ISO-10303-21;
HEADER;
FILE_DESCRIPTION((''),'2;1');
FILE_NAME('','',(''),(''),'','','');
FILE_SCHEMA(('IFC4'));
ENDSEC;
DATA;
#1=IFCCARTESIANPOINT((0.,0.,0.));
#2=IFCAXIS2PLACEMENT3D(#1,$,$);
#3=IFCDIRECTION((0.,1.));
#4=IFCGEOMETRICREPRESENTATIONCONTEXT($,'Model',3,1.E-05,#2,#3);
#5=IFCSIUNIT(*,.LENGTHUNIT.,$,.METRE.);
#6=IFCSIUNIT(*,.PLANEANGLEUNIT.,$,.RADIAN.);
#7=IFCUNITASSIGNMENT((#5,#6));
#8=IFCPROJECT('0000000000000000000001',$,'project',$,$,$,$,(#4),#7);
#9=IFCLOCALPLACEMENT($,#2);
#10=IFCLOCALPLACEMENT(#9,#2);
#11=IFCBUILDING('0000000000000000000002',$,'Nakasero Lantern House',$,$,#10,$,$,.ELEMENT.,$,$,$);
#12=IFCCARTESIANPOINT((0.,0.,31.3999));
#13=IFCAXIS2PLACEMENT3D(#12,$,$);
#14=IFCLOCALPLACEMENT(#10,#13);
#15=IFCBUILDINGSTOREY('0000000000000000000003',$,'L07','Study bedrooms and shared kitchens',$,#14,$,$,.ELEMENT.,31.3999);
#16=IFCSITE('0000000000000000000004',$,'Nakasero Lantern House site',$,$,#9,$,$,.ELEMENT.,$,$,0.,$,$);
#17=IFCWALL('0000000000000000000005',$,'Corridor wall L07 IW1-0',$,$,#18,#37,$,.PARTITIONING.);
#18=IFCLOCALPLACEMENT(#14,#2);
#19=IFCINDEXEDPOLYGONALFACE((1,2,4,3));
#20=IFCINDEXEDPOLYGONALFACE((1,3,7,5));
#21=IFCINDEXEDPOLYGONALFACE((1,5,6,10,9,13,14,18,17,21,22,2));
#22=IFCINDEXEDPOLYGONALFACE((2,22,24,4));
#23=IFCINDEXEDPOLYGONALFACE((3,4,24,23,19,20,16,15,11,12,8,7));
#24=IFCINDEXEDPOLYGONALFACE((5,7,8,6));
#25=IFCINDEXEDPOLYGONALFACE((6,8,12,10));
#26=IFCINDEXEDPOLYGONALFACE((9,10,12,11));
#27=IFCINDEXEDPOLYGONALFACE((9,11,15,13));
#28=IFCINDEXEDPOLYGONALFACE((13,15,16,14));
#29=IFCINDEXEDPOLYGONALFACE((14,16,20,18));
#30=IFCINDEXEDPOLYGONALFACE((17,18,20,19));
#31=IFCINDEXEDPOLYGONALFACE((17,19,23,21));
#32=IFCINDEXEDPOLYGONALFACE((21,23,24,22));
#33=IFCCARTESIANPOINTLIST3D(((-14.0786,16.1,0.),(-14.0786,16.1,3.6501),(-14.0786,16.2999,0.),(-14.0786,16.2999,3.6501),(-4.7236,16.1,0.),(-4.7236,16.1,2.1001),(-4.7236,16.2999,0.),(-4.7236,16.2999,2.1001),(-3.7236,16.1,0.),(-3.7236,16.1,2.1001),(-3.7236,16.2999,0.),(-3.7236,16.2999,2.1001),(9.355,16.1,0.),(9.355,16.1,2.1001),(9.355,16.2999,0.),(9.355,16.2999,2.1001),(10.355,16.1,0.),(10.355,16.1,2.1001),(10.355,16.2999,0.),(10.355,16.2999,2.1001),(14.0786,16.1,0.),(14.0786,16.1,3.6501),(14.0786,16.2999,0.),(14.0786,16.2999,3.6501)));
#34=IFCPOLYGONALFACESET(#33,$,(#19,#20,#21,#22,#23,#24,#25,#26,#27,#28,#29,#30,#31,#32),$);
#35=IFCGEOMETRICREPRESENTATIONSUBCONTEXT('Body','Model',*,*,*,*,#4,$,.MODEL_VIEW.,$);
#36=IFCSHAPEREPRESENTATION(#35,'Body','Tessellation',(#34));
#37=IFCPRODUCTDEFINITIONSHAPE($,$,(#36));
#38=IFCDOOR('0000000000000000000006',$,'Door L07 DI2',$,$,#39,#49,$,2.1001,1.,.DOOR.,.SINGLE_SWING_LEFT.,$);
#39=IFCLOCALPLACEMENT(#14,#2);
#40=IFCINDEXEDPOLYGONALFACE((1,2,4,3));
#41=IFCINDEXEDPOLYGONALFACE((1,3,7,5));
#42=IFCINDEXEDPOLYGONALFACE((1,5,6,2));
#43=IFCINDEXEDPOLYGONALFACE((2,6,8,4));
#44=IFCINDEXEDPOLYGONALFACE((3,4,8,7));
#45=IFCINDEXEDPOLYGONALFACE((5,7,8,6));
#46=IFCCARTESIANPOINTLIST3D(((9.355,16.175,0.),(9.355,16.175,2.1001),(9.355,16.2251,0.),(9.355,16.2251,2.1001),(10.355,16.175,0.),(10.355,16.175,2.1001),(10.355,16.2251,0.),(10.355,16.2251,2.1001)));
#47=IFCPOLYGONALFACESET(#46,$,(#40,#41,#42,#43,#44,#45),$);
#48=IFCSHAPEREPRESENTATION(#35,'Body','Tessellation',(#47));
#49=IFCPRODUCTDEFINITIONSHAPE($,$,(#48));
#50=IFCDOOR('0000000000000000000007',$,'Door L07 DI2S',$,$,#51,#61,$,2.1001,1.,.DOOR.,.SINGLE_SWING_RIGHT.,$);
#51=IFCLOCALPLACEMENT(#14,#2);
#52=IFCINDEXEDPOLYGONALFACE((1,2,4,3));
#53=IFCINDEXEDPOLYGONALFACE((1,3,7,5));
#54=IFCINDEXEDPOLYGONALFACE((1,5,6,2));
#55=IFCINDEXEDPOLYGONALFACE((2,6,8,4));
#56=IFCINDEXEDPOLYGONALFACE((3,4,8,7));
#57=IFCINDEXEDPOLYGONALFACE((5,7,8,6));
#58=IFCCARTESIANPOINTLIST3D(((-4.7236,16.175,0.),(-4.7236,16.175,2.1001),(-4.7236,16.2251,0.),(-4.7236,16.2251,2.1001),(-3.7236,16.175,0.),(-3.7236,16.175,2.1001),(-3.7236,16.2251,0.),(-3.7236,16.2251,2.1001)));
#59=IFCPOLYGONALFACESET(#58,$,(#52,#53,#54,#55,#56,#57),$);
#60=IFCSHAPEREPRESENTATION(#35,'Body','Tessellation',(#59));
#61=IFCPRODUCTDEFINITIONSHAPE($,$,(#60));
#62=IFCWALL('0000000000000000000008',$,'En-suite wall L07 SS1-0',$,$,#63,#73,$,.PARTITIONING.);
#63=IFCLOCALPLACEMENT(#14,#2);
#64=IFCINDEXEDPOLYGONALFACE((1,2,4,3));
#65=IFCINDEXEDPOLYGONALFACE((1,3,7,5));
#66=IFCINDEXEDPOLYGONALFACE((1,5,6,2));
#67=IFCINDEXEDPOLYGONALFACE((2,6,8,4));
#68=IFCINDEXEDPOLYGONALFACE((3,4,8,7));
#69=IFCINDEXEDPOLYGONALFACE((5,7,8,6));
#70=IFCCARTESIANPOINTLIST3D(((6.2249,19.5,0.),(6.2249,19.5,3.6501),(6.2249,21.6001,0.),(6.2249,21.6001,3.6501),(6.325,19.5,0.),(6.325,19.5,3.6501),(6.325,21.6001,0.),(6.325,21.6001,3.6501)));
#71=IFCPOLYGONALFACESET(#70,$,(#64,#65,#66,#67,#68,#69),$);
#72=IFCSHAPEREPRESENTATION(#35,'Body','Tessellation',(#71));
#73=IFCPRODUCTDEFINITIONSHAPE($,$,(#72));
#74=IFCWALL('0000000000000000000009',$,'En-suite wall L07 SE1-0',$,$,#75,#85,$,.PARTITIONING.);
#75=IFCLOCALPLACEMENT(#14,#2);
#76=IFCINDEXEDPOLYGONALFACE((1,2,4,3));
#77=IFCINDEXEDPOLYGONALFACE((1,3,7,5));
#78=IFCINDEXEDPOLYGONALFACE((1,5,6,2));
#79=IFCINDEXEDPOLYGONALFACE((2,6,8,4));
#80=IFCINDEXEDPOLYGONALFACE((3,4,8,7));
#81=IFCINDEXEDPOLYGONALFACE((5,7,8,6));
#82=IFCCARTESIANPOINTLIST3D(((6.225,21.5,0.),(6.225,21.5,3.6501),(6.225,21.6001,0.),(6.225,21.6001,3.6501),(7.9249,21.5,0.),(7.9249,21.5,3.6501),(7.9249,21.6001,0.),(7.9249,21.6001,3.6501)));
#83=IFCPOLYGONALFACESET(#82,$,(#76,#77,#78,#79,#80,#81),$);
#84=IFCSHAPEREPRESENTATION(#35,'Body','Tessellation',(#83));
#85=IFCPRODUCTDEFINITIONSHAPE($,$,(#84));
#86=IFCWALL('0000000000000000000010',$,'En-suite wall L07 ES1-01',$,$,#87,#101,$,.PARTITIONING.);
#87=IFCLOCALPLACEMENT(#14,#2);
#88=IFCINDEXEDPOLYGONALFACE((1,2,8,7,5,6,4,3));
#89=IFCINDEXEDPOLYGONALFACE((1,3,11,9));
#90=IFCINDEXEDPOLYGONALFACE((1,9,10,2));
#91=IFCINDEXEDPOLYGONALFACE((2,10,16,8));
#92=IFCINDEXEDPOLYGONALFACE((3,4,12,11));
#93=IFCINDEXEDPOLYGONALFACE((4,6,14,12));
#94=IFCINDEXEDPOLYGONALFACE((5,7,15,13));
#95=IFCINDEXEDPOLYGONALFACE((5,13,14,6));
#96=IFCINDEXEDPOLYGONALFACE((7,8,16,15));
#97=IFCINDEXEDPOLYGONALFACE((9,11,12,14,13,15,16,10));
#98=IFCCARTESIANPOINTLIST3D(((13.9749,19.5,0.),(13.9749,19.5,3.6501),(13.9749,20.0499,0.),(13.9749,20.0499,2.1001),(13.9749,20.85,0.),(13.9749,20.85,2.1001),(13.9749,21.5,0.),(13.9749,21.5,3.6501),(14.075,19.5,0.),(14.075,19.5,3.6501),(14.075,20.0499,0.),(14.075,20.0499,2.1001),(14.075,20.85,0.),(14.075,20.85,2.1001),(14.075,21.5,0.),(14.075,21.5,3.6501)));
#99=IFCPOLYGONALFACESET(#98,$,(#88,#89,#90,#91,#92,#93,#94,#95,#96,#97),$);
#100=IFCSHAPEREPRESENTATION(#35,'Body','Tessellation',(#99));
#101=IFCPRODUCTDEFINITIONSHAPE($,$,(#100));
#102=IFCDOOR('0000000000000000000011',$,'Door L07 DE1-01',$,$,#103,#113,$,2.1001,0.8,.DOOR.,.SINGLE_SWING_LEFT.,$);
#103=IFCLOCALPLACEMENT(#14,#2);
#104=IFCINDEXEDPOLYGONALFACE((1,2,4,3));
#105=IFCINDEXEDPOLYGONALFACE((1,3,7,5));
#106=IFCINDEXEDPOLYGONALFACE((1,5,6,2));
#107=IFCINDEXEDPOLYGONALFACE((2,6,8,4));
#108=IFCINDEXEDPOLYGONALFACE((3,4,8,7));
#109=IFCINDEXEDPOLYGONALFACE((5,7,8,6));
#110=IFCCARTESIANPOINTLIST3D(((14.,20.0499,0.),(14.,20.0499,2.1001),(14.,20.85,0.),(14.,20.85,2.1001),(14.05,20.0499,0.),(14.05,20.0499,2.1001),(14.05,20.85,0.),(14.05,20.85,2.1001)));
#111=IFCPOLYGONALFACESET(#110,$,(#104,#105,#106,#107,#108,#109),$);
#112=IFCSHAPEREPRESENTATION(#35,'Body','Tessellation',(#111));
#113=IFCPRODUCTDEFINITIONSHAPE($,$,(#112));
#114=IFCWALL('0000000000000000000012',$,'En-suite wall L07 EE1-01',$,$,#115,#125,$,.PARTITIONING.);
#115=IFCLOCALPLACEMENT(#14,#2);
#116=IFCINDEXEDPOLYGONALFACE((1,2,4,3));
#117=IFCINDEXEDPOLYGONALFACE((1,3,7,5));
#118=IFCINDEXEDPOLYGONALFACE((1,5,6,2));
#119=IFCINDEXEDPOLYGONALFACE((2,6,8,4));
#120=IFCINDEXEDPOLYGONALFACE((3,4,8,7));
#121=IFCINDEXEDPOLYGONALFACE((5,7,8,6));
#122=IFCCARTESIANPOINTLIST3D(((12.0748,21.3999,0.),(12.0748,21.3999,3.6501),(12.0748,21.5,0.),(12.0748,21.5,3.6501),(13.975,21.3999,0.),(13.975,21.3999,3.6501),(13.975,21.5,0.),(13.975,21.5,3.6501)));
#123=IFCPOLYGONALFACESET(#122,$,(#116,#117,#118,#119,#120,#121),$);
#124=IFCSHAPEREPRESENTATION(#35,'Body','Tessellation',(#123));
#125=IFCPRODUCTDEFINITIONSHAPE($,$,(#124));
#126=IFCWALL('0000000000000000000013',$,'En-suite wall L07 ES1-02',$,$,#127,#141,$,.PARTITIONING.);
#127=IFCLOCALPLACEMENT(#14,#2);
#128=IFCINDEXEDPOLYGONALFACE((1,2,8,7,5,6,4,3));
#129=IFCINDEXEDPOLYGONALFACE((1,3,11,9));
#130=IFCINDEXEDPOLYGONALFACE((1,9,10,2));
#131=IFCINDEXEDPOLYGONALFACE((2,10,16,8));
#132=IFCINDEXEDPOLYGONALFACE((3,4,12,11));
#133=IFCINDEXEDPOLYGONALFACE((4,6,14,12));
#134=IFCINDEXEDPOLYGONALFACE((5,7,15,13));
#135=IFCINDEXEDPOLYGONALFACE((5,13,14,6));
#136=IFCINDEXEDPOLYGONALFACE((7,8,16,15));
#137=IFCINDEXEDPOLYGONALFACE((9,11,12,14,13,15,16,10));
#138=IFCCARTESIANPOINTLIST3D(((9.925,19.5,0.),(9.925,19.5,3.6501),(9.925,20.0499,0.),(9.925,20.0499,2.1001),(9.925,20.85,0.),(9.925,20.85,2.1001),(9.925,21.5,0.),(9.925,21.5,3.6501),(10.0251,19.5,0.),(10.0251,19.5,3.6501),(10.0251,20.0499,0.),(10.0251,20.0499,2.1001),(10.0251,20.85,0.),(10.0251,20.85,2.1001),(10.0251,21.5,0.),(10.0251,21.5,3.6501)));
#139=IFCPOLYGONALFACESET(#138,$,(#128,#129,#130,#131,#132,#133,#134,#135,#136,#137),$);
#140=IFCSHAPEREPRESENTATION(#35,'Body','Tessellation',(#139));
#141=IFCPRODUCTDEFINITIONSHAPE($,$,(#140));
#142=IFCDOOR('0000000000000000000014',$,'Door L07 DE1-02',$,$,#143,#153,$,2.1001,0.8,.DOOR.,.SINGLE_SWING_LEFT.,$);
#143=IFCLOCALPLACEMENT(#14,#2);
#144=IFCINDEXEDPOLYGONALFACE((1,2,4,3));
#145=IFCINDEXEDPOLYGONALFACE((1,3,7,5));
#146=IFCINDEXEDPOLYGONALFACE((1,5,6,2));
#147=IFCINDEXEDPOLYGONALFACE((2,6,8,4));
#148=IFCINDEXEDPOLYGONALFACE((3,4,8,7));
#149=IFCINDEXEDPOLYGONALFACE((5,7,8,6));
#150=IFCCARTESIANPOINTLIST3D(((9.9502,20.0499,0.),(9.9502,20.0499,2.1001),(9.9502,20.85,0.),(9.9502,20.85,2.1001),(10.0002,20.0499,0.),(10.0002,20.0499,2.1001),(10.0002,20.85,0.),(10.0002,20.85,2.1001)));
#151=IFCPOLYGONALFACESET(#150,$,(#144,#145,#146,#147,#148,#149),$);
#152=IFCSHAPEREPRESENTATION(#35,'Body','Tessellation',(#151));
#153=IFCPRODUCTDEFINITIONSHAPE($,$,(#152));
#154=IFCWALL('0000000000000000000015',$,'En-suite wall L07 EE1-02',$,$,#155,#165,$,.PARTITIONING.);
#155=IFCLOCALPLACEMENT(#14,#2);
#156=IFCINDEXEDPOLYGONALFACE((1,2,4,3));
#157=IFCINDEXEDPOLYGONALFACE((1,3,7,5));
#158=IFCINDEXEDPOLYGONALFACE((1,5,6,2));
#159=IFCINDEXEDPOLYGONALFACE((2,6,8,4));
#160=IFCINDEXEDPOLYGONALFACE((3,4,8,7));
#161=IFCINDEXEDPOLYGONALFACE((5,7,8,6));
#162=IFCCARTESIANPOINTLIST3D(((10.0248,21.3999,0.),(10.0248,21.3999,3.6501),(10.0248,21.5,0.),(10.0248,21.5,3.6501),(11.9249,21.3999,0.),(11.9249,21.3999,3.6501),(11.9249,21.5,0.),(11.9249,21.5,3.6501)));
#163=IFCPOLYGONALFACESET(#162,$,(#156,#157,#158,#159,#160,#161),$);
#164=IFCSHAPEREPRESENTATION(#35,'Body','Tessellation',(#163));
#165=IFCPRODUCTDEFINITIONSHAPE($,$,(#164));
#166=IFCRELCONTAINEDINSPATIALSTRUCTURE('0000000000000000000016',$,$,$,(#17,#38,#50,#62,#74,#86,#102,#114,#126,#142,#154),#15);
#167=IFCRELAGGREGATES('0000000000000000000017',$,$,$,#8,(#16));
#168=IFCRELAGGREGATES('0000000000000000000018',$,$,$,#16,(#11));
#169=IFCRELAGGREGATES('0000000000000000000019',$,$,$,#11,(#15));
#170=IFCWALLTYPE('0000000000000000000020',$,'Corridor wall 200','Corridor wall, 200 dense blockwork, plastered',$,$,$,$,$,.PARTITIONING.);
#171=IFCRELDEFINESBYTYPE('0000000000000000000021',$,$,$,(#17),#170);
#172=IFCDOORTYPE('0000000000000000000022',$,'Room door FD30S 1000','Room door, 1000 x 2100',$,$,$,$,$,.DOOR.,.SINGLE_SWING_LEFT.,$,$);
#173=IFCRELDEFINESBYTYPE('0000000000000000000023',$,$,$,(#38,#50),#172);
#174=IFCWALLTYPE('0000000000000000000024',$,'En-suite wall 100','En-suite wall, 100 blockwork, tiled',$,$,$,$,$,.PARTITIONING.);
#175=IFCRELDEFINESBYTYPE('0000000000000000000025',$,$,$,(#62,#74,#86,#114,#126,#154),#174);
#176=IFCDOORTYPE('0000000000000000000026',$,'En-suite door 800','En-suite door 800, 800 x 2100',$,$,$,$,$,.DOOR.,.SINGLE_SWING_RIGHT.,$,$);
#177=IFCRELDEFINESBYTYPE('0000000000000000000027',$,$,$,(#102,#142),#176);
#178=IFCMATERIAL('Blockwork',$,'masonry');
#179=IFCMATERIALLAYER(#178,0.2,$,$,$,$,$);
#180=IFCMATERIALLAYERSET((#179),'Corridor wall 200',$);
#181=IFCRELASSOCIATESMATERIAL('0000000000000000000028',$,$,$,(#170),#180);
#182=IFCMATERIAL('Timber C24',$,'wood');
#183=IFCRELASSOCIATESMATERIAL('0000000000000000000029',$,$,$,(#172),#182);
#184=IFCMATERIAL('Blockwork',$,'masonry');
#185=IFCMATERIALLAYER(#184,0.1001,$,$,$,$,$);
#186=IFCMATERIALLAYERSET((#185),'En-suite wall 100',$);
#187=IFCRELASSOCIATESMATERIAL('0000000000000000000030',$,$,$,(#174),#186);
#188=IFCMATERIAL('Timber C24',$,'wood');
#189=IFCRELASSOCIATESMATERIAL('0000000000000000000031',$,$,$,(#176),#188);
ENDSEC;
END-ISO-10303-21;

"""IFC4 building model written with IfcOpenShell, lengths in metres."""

from ifc_helpers import new_model, si_unit, direction, frame, frame_2d, origin, place, context, subcontext, project, spatial, rectangle, extrude, material, layer, layer_set, type_object, element, fill, save


model = new_model("IFC4")

# Units and contexts
model_context = context("Model", 3, precision=1e-05, world=origin(), true_north=direction((0.0, 1.0)))
body_context = subcontext(model_context, "Body", "Model", "MODEL_VIEW")
ifc_project = project(units=[si_unit("LENGTHUNIT", "METRE"), si_unit("PLANEANGLEUNIT", "RADIAN")], contexts=[model_context])

# Site, building, storey
site_placement = place(None, origin())
site = spatial("IfcSite", under=ifc_project, at=site_placement, Name="Nakasero Lantern House site", CompositionType="ELEMENT", RefElevation=0.0)
building_placement = place(site_placement, origin())
building = spatial("IfcBuilding", under=site, at=building_placement, Name="Nakasero Lantern House", CompositionType="ELEMENT")
storey_placement = place(building_placement, frame((0.0, 0.0, 31.3999)))
storey = spatial("IfcBuildingStorey", under=building, at=storey_placement, Name="L07", Description="Study bedrooms and shared kitchens", CompositionType="ELEMENT", Elevation=31.3999)

# Wall, openings, doors
ifc_material_1 = material(Name="Blockwork", Category="masonry")
ifc_layer_1 = layer(ifc_material_1, 0.2)
ifc_layer_set_1 = layer_set([ifc_layer_1], Name="Corridor wall 200")
wall_type_1 = type_object("IfcWallType", Name="Corridor wall 200", Description="Corridor wall, 200 dense blockwork, plastered", PredefinedType="PARTITIONING", material=ifc_layer_set_1)
wall_1_placement = place(storey_placement, frame((14.0786, 16.2, 0.0), z_axis=(0.0, 0.0, 1.0), x_axis=(-1.0, 0.0, 0.0)))
wall_1 = element("IfcWall", 1, at=wall_1_placement, inside=storey, type_object=wall_type_1, Name="Corridor wall L07 IW1-0", PredefinedType="PARTITIONING", context=body_context, shape_type="SweptSolid", body=[
    extrude(rectangle(XDim=28.1572, YDim=0.2, at=frame_2d((14.0786, 0.0))), origin(), (0.0, 0.0, 1.0), 3.6501),
])
opening_1_placement = place(wall_1_placement, frame((3.7236, 0.0, 0.0)))
opening_1 = element("IfcOpeningElement", 2, at=opening_1_placement, cuts=wall_1, PredefinedType="OPENING", context=body_context, shape_type="SweptSolid", body=[
    extrude(rectangle(XDim=1.0, YDim=2.1001, at=frame_2d((0.5, 1.05))), frame((0.0, 0.1199, 0.0), z_axis=(0.0, -1.0, 0.0), x_axis=(1.0, 0.0, 0.0)), (0.0, 0.0, 1.0), 0.24),
])
opening_2_placement = place(wall_1_placement, frame((17.8022, 0.0, 0.0)))
opening_2 = element("IfcOpeningElement", 3, at=opening_2_placement, cuts=wall_1, PredefinedType="OPENING", context=body_context, shape_type="SweptSolid", body=[
    extrude(rectangle(XDim=1.0, YDim=2.1001, at=frame_2d((0.5, 1.05))), frame((0.0, 0.1199, 0.0), z_axis=(0.0, -1.0, 0.0), x_axis=(1.0, 0.0, 0.0)), (0.0, 0.0, 1.0), 0.24),
])
ifc_material_2 = material(Name="Timber C24", Category="wood")
door_type_1 = type_object("IfcDoorType", Name="Room door FD30S 1000", Description="Room door, 1000 x 2100", OperationType="SINGLE_SWING_LEFT", PredefinedType="DOOR", material=ifc_material_2)
door_1_placement = place(opening_1_placement, origin())
door_1 = element("IfcDoor", 4, at=door_1_placement, inside=storey, type_object=door_type_1, Name="Door L07 DI2", OperationType="SINGLE_SWING_LEFT", OverallHeight=2.1001, OverallWidth=1.0, PredefinedType="DOOR", context=body_context, shape_type="SweptSolid", body=[
    extrude(rectangle(XDim=1.0, YDim=2.1001, at=frame_2d((0.5, 1.05))), frame((0.0, 0.0249, 0.0), z_axis=(0.0, -1.0, 0.0), x_axis=(1.0, 0.0, 0.0)), (0.0, 0.0, 1.0), 0.05),
])
fill(opening_1, door_1)
door_2_placement = place(opening_2_placement, origin())
door_2 = element("IfcDoor", 5, at=door_2_placement, inside=storey, type_object=door_type_1, Name="Door L07 DI2S", OperationType="SINGLE_SWING_RIGHT", OverallHeight=2.1001, OverallWidth=1.0, PredefinedType="DOOR", context=body_context, shape_type="SweptSolid", body=[
    extrude(rectangle(XDim=1.0, YDim=2.1001, at=frame_2d((0.5, 1.05))), frame((0.0, 0.0249, 0.0), z_axis=(0.0, -1.0, 0.0), x_axis=(1.0, 0.0, 0.0)), (0.0, 0.0, 1.0), 0.05),
])
fill(opening_2, door_2)

# Walls
ifc_material_3 = material(Name="Blockwork", Category="masonry")
ifc_layer_2 = layer(ifc_material_3, 0.1001)
ifc_layer_set_2 = layer_set([ifc_layer_2], Name="En-suite wall 100")
wall_type_2 = type_object("IfcWallType", Name="En-suite wall 100", Description="En-suite wall, 100 blockwork, tiled", PredefinedType="PARTITIONING", material=ifc_layer_set_2)
wall_2_placement = place(storey_placement, frame((6.2749, 19.5, 0.0), z_axis=(0.0, 0.0, 1.0), x_axis=(0.0, 1.0, 0.0)))
element("IfcWall", 6, at=wall_2_placement, inside=storey, type_object=wall_type_2, Name="En-suite wall L07 SS1-0", PredefinedType="PARTITIONING", context=body_context, shape_type="SweptSolid", body=[
    extrude(rectangle(XDim=2.1001, YDim=0.1001, at=frame_2d((1.05, 0.0))), origin(), (0.0, 0.0, 1.0), 3.6501),
])
wall_3_placement = place(storey_placement, frame((7.925, 21.55, 0.0), z_axis=(0.0, 0.0, 1.0), x_axis=(-1.0, 0.0, 0.0)))
element("IfcWall", 7, at=wall_3_placement, inside=storey, type_object=wall_type_2, Name="En-suite wall L07 SE1-0", PredefinedType="PARTITIONING", context=body_context, shape_type="SweptSolid", body=[
    extrude(rectangle(XDim=1.7, YDim=0.1001, at=frame_2d((0.8501, 0.0))), origin(), (0.0, 0.0, 1.0), 3.6501),
])

# Wall, opening, door
wall_4_placement = place(storey_placement, frame((14.0249, 19.5, 0.0), z_axis=(0.0, 0.0, 1.0), x_axis=(0.0, 1.0, 0.0)))
wall_4 = element("IfcWall", 8, at=wall_4_placement, inside=storey, type_object=wall_type_2, Name="En-suite wall L07 ES1-01", PredefinedType="PARTITIONING", context=body_context, shape_type="SweptSolid", body=[
    extrude(rectangle(XDim=2.0, YDim=0.1001, at=frame_2d((1.0, 0.0))), origin(), (0.0, 0.0, 1.0), 3.6501),
])
opening_3_placement = place(wall_4_placement, frame((0.55, 0.0, 0.0)))
opening_3 = element("IfcOpeningElement", 9, at=opening_3_placement, cuts=wall_4, PredefinedType="OPENING", context=body_context, shape_type="SweptSolid", body=[
    extrude(rectangle(XDim=0.8, YDim=2.1001, at=frame_2d((0.3999, 1.05))), frame((0.0, 0.0701, 0.0), z_axis=(0.0, -1.0, 0.0), x_axis=(1.0, 0.0, 0.0)), (0.0, 0.0, 1.0), 0.1401),
])
ifc_material_4 = material(Name="Timber C24", Category="wood")
door_type_2 = type_object("IfcDoorType", Name="En-suite door 800", Description="En-suite door 800, 800 x 2100", OperationType="SINGLE_SWING_RIGHT", PredefinedType="DOOR", material=ifc_material_4)
door_3_placement = place(opening_3_placement, origin())
door_3 = element("IfcDoor", 10, at=door_3_placement, inside=storey, type_object=door_type_2, Name="Door L07 DE1-01", OperationType="SINGLE_SWING_LEFT", OverallHeight=2.1001, OverallWidth=0.8, PredefinedType="DOOR", context=body_context, shape_type="SweptSolid", body=[
    extrude(rectangle(XDim=0.8, YDim=2.1001, at=frame_2d((0.3999, 1.05))), frame((0.0, 0.0249, 0.0), z_axis=(0.0, -1.0, 0.0), x_axis=(1.0, 0.0, 0.0)), (0.0, 0.0, 1.0), 0.05),
])
fill(opening_3, door_3)

# Wall
wall_5_placement = place(storey_placement, frame((13.9751, 21.45, 0.0), z_axis=(0.0, 0.0, 1.0), x_axis=(-1.0, 0.0, 0.0)))
element("IfcWall", 11, at=wall_5_placement, inside=storey, type_object=wall_type_2, Name="En-suite wall L07 EE1-01", PredefinedType="PARTITIONING", context=body_context, shape_type="SweptSolid", body=[
    extrude(rectangle(XDim=1.9001, YDim=0.1001, at=frame_2d((0.9502, 0.0))), origin(), (0.0, 0.0, 1.0), 3.6501),
])

# Wall, opening, door
wall_6_placement = place(storey_placement, frame((9.9751, 19.5, 0.0), z_axis=(0.0, 0.0, 1.0), x_axis=(0.0, 1.0, 0.0)))
wall_6 = element("IfcWall", 12, at=wall_6_placement, inside=storey, type_object=wall_type_2, Name="En-suite wall L07 ES1-02", PredefinedType="PARTITIONING", context=body_context, shape_type="SweptSolid", body=[
    extrude(rectangle(XDim=2.0, YDim=0.1001, at=frame_2d((1.0, 0.0))), origin(), (0.0, 0.0, 1.0), 3.6501),
])
opening_4_placement = place(wall_6_placement, frame((0.55, 0.0, 0.0)))
opening_4 = element("IfcOpeningElement", 13, at=opening_4_placement, cuts=wall_6, PredefinedType="OPENING", context=body_context, shape_type="SweptSolid", body=[
    extrude(rectangle(XDim=0.8, YDim=2.1001, at=frame_2d((0.3999, 1.05))), frame((0.0, 0.0701, 0.0), z_axis=(0.0, -1.0, 0.0), x_axis=(1.0, 0.0, 0.0)), (0.0, 0.0, 1.0), 0.1401),
])
door_4_placement = place(opening_4_placement, origin())
door_4 = element("IfcDoor", 14, at=door_4_placement, inside=storey, type_object=door_type_2, Name="Door L07 DE1-02", OperationType="SINGLE_SWING_LEFT", OverallHeight=2.1001, OverallWidth=0.8, PredefinedType="DOOR", context=body_context, shape_type="SweptSolid", body=[
    extrude(rectangle(XDim=0.8, YDim=2.1001, at=frame_2d((0.3999, 1.05))), frame((0.0, 0.0249, 0.0), z_axis=(0.0, -1.0, 0.0), x_axis=(1.0, 0.0, 0.0)), (0.0, 0.0, 1.0), 0.05),
])
fill(opening_4, door_4)

# Wall
wall_7_placement = place(storey_placement, frame((11.925, 21.45, 0.0), z_axis=(0.0, 0.0, 1.0), x_axis=(-1.0, 0.0, 0.0)))
element("IfcWall", 15, at=wall_7_placement, inside=storey, type_object=wall_type_2, Name="En-suite wall L07 EE1-02", PredefinedType="PARTITIONING", context=body_context, shape_type="SweptSolid", body=[
    extrude(rectangle(XDim=1.9001, YDim=0.1001, at=frame_2d((0.9502, 0.0))), origin(), (0.0, 0.0, 1.0), 3.6501),
])

save(model, "model.ifc")
